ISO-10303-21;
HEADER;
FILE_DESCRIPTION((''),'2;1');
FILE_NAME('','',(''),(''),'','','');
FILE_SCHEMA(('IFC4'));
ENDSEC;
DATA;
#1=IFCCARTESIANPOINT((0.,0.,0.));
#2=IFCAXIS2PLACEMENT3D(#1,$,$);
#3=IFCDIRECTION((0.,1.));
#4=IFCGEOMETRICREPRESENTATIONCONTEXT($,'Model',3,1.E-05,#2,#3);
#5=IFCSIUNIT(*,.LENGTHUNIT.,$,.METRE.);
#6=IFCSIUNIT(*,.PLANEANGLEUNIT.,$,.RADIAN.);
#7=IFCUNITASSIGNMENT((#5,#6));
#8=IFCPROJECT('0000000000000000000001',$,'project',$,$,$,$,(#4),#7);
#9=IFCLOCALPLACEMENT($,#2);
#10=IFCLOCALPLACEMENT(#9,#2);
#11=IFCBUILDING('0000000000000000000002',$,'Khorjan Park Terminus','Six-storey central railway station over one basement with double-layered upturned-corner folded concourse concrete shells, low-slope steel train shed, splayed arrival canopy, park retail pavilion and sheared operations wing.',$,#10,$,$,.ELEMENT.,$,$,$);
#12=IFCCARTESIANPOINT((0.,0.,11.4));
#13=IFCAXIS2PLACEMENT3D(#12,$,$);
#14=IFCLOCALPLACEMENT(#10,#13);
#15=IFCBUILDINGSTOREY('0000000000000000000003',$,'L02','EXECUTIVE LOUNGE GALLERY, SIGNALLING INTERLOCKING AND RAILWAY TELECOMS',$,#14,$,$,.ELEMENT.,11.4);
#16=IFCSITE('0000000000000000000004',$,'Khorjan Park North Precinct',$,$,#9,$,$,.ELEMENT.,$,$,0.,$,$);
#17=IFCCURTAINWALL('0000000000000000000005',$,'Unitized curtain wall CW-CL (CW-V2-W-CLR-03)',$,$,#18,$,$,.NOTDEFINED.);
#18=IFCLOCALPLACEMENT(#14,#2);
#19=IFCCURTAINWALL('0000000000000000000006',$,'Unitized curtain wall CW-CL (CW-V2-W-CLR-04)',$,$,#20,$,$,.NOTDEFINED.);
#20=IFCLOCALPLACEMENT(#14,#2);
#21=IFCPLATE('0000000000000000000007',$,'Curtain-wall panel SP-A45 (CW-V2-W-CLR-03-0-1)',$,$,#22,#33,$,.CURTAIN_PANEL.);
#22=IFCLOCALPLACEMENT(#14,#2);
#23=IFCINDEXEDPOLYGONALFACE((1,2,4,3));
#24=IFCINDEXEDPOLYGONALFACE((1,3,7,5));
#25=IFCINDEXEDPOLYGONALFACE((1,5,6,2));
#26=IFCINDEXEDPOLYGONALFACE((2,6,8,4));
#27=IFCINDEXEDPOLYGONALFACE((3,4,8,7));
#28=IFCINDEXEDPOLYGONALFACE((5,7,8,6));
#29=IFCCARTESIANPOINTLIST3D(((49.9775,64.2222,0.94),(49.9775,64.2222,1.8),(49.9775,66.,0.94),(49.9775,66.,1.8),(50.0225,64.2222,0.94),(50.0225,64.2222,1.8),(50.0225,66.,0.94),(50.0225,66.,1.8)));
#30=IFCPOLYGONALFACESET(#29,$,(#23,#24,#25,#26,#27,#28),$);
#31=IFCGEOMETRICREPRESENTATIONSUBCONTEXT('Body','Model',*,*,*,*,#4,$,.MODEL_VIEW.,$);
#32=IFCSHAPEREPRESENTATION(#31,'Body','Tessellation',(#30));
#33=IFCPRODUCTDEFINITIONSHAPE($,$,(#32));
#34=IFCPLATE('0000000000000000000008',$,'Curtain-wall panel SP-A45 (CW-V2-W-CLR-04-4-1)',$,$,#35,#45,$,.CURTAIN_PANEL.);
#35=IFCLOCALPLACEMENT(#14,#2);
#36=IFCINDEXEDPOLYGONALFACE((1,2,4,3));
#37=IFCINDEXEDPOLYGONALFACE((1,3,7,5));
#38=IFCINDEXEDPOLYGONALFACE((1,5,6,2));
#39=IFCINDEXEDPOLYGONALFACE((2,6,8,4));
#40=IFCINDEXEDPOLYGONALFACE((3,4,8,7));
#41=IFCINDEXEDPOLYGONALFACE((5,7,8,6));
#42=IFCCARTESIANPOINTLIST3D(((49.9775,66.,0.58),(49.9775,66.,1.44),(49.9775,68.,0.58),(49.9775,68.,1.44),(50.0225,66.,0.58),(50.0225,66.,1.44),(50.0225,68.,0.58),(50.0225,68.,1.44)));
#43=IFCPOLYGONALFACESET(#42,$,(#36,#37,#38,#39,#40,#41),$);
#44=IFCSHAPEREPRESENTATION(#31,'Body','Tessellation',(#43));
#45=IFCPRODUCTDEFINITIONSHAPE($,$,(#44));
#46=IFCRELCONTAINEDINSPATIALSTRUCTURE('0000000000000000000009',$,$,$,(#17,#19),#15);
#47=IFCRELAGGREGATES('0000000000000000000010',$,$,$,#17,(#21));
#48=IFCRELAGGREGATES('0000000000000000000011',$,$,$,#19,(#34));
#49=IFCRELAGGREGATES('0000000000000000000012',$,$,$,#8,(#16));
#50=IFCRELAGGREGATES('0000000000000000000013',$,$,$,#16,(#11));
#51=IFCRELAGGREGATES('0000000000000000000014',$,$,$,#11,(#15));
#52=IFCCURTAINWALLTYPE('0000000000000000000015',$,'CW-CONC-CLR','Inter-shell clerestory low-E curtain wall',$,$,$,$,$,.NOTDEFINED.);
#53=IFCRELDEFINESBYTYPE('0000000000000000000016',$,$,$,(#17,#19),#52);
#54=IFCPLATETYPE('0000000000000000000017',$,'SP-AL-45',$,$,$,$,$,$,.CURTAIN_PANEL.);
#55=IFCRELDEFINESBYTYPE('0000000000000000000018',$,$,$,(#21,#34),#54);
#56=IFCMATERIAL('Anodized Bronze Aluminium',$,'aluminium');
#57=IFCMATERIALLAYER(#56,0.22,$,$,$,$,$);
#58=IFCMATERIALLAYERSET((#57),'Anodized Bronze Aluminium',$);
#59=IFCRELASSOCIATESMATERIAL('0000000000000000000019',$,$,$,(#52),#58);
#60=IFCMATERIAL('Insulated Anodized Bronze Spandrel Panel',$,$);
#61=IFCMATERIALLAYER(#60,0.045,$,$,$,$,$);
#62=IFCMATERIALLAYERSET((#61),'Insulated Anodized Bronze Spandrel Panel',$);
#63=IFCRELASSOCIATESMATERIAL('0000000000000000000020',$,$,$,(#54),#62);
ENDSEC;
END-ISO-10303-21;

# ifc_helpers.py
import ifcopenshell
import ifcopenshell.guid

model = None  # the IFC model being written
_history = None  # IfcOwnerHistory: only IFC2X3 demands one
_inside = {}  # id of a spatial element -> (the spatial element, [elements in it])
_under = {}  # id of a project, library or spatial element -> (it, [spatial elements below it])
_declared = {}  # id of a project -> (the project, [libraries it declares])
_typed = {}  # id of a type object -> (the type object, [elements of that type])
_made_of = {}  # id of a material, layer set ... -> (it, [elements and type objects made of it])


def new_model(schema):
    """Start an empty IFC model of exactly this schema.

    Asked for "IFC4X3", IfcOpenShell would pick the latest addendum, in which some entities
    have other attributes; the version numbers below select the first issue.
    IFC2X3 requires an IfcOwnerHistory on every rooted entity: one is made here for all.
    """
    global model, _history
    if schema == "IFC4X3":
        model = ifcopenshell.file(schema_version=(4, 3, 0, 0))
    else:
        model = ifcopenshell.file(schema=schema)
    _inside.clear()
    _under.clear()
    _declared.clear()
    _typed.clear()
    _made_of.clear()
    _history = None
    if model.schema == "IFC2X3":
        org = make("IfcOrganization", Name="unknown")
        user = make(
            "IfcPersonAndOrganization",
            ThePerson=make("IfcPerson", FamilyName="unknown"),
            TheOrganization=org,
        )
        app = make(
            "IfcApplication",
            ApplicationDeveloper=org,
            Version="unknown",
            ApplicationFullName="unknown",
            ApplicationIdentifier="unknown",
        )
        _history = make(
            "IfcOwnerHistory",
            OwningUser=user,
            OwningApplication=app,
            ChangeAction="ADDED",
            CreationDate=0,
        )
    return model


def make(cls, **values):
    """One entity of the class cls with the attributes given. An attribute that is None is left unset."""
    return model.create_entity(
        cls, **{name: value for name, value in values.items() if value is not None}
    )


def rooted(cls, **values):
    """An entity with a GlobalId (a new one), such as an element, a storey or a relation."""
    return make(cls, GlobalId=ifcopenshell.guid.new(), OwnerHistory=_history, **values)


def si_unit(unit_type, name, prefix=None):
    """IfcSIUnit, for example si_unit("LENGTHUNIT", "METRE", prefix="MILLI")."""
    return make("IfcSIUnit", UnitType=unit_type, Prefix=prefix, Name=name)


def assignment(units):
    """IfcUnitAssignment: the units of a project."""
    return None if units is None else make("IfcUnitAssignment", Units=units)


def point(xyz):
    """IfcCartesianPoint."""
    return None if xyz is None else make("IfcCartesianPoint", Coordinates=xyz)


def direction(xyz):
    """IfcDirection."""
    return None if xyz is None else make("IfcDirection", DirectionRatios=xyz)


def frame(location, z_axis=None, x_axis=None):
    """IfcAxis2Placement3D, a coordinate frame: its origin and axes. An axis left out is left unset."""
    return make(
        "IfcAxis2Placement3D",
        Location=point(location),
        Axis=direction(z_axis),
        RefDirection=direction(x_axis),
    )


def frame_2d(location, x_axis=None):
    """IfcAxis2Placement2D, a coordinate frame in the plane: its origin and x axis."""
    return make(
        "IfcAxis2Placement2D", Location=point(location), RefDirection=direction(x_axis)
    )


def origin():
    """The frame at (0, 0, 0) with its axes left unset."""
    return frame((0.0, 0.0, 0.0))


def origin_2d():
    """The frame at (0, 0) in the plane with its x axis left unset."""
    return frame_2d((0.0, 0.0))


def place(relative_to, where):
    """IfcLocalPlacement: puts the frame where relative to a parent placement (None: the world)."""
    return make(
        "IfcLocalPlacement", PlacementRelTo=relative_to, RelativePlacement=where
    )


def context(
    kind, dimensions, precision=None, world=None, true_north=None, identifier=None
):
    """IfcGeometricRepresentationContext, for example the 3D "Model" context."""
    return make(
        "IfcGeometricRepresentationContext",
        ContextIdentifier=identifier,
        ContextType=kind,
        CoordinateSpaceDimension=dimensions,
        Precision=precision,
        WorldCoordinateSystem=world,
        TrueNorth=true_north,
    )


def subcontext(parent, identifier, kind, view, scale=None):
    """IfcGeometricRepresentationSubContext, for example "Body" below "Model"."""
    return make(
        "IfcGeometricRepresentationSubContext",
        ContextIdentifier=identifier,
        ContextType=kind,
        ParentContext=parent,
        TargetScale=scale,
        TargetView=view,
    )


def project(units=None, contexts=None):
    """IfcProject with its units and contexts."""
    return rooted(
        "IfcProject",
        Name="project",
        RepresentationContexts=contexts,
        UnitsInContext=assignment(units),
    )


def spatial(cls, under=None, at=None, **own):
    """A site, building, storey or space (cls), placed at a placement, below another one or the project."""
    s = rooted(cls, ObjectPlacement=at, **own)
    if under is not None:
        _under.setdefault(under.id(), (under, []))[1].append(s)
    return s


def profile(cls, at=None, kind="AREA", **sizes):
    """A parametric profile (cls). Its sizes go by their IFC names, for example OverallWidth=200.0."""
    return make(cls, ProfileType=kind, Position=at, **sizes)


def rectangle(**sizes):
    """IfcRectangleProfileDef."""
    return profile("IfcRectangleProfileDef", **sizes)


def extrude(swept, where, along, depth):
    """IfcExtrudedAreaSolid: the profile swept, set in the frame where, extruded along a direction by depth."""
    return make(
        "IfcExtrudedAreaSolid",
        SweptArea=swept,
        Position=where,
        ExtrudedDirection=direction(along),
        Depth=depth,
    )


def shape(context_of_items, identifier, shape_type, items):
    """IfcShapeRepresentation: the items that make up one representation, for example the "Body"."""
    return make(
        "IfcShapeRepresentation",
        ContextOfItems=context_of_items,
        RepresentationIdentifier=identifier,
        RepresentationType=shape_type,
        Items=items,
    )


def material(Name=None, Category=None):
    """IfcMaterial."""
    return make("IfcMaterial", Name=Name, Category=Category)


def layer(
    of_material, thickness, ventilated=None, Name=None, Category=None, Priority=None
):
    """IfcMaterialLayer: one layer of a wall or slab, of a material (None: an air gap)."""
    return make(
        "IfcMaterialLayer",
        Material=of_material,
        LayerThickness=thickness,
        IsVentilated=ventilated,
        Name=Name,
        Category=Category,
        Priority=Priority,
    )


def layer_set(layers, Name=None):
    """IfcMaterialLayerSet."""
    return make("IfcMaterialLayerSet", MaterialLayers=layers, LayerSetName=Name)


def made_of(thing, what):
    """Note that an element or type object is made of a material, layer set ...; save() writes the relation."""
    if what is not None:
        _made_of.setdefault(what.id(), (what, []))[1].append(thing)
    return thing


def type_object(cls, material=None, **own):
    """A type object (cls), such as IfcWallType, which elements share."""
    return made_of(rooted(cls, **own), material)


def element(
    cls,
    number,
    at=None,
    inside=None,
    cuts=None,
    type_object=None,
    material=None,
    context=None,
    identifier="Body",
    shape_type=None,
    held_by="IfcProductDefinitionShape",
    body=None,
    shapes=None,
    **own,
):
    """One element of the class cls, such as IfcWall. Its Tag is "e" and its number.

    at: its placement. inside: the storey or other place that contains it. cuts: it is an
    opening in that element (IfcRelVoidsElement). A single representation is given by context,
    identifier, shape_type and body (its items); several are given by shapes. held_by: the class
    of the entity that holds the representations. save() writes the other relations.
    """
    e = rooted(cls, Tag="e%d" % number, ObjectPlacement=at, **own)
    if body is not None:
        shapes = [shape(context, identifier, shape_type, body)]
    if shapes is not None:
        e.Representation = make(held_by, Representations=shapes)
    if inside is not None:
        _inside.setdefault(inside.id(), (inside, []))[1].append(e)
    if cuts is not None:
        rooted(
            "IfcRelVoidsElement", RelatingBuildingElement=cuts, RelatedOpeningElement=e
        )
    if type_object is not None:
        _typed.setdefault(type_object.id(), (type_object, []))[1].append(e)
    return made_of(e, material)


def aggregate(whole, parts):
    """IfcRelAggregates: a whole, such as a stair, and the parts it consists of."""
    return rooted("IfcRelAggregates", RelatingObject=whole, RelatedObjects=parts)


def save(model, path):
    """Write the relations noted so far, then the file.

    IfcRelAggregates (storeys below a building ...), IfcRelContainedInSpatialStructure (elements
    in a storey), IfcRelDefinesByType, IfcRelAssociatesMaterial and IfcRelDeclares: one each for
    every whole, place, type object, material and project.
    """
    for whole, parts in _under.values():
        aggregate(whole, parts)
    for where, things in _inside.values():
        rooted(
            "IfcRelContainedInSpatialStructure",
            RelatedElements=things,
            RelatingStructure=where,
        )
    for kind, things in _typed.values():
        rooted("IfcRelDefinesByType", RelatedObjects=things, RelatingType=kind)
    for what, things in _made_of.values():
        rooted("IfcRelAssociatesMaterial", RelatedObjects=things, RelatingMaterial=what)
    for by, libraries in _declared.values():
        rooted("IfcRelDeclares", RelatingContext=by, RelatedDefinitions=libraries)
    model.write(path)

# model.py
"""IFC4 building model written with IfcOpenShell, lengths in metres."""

from ifc_helpers import new_model, si_unit, direction, frame, origin, origin_2d, place, context, subcontext, project, spatial, rectangle, extrude, material, layer, layer_set, type_object, element, aggregate, save


model = new_model("IFC4")

# Units and contexts
model_context = context("Model", 3, precision=1e-05, world=origin(), true_north=direction((0.0, 1.0)))
body_context = subcontext(model_context, "Body", "Model", "MODEL_VIEW")
ifc_project = project(units=[si_unit("LENGTHUNIT", "METRE"), si_unit("PLANEANGLEUNIT", "RADIAN")], contexts=[model_context])

# Site, building, storey
site_placement = place(None, origin())
site = spatial("IfcSite", under=ifc_project, at=site_placement, Name="Khorjan Park North Precinct", CompositionType="ELEMENT", RefElevation=0.0)
building_placement = place(site_placement, origin())
building = spatial("IfcBuilding", under=site, at=building_placement, Name="Khorjan Park Terminus", Description="Six-storey central railway station over one basement with double-layered upturned-corner folded concourse concrete shells, low-slope steel train shed, splayed arrival canopy, park retail pavilion and sheared operations wing.", CompositionType="ELEMENT")
storey_placement = place(building_placement, frame((0.0, 0.0, 11.4)))
storey = spatial("IfcBuildingStorey", under=building, at=storey_placement, Name="L02", Description="EXECUTIVE LOUNGE GALLERY, SIGNALLING INTERLOCKING AND RAILWAY TELECOMS", CompositionType="ELEMENT", Elevation=11.4)

# Curtain wall
ifc_material_1 = material(Name="Anodized Bronze Aluminium", Category="aluminium")
ifc_layer_1 = layer(ifc_material_1, 0.22)
ifc_layer_set_1 = layer_set([ifc_layer_1], Name="Anodized Bronze Aluminium")
curtain_wall_type = type_object("IfcCurtainWallType", Name="CW-CONC-CLR", Description="Inter-shell clerestory low-E curtain wall", PredefinedType="NOTDEFINED", material=ifc_layer_set_1)
curtain_wall_1_placement = place(storey_placement, origin())
curtain_wall_1 = element("IfcCurtainWall", 1, at=curtain_wall_1_placement, inside=storey, type_object=curtain_wall_type, Name="Unitized curtain wall CW-CL (CW-V2-W-CLR-03)", PredefinedType="NOTDEFINED")

# Curtain wall
curtain_wall_2_placement = place(storey_placement, origin())
curtain_wall_2 = element("IfcCurtainWall", 2, at=curtain_wall_2_placement, inside=storey, type_object=curtain_wall_type, Name="Unitized curtain wall CW-CL (CW-V2-W-CLR-04)", PredefinedType="NOTDEFINED")

# Plates
ifc_material_2 = material(Name="Insulated Anodized Bronze Spandrel Panel")
ifc_layer_2 = layer(ifc_material_2, 0.045)
ifc_layer_set_2 = layer_set([ifc_layer_2], Name="Insulated Anodized Bronze Spandrel Panel")
plate_type_1 = type_object("IfcPlateType", Name="SP-AL-45", PredefinedType="CURTAIN_PANEL", material=ifc_layer_set_2)
plate_1_placement = place(storey_placement, frame((50.0, 65.1111, 0.94), z_axis=(0.0, 0.0, 1.0), x_axis=(0.0, -1.0, 0.0)))
plate_1 = element("IfcPlate", 3, at=plate_1_placement, type_object=plate_type_1, Name="Curtain-wall panel SP-A45 (CW-V2-W-CLR-03-0-1)", PredefinedType="CURTAIN_PANEL", context=body_context, shape_type="SweptSolid", body=[
    extrude(rectangle(XDim=1.7778, YDim=0.045, at=origin_2d()), origin(), (0.0, 0.0, 1.0), 0.86),
])
aggregate(curtain_wall_1, [plate_1])
plate_2_placement = place(storey_placement, frame((50.0, 67.0, 0.58), z_axis=(0.0, 0.0, 1.0), x_axis=(0.0, -1.0, 0.0)))
plate_2 = element("IfcPlate", 4, at=plate_2_placement, type_object=plate_type_1, Name="Curtain-wall panel SP-A45 (CW-V2-W-CLR-04-4-1)", PredefinedType="CURTAIN_PANEL", context=body_context, shape_type="SweptSolid", body=[
    extrude(rectangle(XDim=2.0, YDim=0.045, at=origin_2d()), origin(), (0.0, 0.0, 1.0), 0.86),
])
aggregate(curtain_wall_2, [plate_2])

save(model, "model.ifc")
